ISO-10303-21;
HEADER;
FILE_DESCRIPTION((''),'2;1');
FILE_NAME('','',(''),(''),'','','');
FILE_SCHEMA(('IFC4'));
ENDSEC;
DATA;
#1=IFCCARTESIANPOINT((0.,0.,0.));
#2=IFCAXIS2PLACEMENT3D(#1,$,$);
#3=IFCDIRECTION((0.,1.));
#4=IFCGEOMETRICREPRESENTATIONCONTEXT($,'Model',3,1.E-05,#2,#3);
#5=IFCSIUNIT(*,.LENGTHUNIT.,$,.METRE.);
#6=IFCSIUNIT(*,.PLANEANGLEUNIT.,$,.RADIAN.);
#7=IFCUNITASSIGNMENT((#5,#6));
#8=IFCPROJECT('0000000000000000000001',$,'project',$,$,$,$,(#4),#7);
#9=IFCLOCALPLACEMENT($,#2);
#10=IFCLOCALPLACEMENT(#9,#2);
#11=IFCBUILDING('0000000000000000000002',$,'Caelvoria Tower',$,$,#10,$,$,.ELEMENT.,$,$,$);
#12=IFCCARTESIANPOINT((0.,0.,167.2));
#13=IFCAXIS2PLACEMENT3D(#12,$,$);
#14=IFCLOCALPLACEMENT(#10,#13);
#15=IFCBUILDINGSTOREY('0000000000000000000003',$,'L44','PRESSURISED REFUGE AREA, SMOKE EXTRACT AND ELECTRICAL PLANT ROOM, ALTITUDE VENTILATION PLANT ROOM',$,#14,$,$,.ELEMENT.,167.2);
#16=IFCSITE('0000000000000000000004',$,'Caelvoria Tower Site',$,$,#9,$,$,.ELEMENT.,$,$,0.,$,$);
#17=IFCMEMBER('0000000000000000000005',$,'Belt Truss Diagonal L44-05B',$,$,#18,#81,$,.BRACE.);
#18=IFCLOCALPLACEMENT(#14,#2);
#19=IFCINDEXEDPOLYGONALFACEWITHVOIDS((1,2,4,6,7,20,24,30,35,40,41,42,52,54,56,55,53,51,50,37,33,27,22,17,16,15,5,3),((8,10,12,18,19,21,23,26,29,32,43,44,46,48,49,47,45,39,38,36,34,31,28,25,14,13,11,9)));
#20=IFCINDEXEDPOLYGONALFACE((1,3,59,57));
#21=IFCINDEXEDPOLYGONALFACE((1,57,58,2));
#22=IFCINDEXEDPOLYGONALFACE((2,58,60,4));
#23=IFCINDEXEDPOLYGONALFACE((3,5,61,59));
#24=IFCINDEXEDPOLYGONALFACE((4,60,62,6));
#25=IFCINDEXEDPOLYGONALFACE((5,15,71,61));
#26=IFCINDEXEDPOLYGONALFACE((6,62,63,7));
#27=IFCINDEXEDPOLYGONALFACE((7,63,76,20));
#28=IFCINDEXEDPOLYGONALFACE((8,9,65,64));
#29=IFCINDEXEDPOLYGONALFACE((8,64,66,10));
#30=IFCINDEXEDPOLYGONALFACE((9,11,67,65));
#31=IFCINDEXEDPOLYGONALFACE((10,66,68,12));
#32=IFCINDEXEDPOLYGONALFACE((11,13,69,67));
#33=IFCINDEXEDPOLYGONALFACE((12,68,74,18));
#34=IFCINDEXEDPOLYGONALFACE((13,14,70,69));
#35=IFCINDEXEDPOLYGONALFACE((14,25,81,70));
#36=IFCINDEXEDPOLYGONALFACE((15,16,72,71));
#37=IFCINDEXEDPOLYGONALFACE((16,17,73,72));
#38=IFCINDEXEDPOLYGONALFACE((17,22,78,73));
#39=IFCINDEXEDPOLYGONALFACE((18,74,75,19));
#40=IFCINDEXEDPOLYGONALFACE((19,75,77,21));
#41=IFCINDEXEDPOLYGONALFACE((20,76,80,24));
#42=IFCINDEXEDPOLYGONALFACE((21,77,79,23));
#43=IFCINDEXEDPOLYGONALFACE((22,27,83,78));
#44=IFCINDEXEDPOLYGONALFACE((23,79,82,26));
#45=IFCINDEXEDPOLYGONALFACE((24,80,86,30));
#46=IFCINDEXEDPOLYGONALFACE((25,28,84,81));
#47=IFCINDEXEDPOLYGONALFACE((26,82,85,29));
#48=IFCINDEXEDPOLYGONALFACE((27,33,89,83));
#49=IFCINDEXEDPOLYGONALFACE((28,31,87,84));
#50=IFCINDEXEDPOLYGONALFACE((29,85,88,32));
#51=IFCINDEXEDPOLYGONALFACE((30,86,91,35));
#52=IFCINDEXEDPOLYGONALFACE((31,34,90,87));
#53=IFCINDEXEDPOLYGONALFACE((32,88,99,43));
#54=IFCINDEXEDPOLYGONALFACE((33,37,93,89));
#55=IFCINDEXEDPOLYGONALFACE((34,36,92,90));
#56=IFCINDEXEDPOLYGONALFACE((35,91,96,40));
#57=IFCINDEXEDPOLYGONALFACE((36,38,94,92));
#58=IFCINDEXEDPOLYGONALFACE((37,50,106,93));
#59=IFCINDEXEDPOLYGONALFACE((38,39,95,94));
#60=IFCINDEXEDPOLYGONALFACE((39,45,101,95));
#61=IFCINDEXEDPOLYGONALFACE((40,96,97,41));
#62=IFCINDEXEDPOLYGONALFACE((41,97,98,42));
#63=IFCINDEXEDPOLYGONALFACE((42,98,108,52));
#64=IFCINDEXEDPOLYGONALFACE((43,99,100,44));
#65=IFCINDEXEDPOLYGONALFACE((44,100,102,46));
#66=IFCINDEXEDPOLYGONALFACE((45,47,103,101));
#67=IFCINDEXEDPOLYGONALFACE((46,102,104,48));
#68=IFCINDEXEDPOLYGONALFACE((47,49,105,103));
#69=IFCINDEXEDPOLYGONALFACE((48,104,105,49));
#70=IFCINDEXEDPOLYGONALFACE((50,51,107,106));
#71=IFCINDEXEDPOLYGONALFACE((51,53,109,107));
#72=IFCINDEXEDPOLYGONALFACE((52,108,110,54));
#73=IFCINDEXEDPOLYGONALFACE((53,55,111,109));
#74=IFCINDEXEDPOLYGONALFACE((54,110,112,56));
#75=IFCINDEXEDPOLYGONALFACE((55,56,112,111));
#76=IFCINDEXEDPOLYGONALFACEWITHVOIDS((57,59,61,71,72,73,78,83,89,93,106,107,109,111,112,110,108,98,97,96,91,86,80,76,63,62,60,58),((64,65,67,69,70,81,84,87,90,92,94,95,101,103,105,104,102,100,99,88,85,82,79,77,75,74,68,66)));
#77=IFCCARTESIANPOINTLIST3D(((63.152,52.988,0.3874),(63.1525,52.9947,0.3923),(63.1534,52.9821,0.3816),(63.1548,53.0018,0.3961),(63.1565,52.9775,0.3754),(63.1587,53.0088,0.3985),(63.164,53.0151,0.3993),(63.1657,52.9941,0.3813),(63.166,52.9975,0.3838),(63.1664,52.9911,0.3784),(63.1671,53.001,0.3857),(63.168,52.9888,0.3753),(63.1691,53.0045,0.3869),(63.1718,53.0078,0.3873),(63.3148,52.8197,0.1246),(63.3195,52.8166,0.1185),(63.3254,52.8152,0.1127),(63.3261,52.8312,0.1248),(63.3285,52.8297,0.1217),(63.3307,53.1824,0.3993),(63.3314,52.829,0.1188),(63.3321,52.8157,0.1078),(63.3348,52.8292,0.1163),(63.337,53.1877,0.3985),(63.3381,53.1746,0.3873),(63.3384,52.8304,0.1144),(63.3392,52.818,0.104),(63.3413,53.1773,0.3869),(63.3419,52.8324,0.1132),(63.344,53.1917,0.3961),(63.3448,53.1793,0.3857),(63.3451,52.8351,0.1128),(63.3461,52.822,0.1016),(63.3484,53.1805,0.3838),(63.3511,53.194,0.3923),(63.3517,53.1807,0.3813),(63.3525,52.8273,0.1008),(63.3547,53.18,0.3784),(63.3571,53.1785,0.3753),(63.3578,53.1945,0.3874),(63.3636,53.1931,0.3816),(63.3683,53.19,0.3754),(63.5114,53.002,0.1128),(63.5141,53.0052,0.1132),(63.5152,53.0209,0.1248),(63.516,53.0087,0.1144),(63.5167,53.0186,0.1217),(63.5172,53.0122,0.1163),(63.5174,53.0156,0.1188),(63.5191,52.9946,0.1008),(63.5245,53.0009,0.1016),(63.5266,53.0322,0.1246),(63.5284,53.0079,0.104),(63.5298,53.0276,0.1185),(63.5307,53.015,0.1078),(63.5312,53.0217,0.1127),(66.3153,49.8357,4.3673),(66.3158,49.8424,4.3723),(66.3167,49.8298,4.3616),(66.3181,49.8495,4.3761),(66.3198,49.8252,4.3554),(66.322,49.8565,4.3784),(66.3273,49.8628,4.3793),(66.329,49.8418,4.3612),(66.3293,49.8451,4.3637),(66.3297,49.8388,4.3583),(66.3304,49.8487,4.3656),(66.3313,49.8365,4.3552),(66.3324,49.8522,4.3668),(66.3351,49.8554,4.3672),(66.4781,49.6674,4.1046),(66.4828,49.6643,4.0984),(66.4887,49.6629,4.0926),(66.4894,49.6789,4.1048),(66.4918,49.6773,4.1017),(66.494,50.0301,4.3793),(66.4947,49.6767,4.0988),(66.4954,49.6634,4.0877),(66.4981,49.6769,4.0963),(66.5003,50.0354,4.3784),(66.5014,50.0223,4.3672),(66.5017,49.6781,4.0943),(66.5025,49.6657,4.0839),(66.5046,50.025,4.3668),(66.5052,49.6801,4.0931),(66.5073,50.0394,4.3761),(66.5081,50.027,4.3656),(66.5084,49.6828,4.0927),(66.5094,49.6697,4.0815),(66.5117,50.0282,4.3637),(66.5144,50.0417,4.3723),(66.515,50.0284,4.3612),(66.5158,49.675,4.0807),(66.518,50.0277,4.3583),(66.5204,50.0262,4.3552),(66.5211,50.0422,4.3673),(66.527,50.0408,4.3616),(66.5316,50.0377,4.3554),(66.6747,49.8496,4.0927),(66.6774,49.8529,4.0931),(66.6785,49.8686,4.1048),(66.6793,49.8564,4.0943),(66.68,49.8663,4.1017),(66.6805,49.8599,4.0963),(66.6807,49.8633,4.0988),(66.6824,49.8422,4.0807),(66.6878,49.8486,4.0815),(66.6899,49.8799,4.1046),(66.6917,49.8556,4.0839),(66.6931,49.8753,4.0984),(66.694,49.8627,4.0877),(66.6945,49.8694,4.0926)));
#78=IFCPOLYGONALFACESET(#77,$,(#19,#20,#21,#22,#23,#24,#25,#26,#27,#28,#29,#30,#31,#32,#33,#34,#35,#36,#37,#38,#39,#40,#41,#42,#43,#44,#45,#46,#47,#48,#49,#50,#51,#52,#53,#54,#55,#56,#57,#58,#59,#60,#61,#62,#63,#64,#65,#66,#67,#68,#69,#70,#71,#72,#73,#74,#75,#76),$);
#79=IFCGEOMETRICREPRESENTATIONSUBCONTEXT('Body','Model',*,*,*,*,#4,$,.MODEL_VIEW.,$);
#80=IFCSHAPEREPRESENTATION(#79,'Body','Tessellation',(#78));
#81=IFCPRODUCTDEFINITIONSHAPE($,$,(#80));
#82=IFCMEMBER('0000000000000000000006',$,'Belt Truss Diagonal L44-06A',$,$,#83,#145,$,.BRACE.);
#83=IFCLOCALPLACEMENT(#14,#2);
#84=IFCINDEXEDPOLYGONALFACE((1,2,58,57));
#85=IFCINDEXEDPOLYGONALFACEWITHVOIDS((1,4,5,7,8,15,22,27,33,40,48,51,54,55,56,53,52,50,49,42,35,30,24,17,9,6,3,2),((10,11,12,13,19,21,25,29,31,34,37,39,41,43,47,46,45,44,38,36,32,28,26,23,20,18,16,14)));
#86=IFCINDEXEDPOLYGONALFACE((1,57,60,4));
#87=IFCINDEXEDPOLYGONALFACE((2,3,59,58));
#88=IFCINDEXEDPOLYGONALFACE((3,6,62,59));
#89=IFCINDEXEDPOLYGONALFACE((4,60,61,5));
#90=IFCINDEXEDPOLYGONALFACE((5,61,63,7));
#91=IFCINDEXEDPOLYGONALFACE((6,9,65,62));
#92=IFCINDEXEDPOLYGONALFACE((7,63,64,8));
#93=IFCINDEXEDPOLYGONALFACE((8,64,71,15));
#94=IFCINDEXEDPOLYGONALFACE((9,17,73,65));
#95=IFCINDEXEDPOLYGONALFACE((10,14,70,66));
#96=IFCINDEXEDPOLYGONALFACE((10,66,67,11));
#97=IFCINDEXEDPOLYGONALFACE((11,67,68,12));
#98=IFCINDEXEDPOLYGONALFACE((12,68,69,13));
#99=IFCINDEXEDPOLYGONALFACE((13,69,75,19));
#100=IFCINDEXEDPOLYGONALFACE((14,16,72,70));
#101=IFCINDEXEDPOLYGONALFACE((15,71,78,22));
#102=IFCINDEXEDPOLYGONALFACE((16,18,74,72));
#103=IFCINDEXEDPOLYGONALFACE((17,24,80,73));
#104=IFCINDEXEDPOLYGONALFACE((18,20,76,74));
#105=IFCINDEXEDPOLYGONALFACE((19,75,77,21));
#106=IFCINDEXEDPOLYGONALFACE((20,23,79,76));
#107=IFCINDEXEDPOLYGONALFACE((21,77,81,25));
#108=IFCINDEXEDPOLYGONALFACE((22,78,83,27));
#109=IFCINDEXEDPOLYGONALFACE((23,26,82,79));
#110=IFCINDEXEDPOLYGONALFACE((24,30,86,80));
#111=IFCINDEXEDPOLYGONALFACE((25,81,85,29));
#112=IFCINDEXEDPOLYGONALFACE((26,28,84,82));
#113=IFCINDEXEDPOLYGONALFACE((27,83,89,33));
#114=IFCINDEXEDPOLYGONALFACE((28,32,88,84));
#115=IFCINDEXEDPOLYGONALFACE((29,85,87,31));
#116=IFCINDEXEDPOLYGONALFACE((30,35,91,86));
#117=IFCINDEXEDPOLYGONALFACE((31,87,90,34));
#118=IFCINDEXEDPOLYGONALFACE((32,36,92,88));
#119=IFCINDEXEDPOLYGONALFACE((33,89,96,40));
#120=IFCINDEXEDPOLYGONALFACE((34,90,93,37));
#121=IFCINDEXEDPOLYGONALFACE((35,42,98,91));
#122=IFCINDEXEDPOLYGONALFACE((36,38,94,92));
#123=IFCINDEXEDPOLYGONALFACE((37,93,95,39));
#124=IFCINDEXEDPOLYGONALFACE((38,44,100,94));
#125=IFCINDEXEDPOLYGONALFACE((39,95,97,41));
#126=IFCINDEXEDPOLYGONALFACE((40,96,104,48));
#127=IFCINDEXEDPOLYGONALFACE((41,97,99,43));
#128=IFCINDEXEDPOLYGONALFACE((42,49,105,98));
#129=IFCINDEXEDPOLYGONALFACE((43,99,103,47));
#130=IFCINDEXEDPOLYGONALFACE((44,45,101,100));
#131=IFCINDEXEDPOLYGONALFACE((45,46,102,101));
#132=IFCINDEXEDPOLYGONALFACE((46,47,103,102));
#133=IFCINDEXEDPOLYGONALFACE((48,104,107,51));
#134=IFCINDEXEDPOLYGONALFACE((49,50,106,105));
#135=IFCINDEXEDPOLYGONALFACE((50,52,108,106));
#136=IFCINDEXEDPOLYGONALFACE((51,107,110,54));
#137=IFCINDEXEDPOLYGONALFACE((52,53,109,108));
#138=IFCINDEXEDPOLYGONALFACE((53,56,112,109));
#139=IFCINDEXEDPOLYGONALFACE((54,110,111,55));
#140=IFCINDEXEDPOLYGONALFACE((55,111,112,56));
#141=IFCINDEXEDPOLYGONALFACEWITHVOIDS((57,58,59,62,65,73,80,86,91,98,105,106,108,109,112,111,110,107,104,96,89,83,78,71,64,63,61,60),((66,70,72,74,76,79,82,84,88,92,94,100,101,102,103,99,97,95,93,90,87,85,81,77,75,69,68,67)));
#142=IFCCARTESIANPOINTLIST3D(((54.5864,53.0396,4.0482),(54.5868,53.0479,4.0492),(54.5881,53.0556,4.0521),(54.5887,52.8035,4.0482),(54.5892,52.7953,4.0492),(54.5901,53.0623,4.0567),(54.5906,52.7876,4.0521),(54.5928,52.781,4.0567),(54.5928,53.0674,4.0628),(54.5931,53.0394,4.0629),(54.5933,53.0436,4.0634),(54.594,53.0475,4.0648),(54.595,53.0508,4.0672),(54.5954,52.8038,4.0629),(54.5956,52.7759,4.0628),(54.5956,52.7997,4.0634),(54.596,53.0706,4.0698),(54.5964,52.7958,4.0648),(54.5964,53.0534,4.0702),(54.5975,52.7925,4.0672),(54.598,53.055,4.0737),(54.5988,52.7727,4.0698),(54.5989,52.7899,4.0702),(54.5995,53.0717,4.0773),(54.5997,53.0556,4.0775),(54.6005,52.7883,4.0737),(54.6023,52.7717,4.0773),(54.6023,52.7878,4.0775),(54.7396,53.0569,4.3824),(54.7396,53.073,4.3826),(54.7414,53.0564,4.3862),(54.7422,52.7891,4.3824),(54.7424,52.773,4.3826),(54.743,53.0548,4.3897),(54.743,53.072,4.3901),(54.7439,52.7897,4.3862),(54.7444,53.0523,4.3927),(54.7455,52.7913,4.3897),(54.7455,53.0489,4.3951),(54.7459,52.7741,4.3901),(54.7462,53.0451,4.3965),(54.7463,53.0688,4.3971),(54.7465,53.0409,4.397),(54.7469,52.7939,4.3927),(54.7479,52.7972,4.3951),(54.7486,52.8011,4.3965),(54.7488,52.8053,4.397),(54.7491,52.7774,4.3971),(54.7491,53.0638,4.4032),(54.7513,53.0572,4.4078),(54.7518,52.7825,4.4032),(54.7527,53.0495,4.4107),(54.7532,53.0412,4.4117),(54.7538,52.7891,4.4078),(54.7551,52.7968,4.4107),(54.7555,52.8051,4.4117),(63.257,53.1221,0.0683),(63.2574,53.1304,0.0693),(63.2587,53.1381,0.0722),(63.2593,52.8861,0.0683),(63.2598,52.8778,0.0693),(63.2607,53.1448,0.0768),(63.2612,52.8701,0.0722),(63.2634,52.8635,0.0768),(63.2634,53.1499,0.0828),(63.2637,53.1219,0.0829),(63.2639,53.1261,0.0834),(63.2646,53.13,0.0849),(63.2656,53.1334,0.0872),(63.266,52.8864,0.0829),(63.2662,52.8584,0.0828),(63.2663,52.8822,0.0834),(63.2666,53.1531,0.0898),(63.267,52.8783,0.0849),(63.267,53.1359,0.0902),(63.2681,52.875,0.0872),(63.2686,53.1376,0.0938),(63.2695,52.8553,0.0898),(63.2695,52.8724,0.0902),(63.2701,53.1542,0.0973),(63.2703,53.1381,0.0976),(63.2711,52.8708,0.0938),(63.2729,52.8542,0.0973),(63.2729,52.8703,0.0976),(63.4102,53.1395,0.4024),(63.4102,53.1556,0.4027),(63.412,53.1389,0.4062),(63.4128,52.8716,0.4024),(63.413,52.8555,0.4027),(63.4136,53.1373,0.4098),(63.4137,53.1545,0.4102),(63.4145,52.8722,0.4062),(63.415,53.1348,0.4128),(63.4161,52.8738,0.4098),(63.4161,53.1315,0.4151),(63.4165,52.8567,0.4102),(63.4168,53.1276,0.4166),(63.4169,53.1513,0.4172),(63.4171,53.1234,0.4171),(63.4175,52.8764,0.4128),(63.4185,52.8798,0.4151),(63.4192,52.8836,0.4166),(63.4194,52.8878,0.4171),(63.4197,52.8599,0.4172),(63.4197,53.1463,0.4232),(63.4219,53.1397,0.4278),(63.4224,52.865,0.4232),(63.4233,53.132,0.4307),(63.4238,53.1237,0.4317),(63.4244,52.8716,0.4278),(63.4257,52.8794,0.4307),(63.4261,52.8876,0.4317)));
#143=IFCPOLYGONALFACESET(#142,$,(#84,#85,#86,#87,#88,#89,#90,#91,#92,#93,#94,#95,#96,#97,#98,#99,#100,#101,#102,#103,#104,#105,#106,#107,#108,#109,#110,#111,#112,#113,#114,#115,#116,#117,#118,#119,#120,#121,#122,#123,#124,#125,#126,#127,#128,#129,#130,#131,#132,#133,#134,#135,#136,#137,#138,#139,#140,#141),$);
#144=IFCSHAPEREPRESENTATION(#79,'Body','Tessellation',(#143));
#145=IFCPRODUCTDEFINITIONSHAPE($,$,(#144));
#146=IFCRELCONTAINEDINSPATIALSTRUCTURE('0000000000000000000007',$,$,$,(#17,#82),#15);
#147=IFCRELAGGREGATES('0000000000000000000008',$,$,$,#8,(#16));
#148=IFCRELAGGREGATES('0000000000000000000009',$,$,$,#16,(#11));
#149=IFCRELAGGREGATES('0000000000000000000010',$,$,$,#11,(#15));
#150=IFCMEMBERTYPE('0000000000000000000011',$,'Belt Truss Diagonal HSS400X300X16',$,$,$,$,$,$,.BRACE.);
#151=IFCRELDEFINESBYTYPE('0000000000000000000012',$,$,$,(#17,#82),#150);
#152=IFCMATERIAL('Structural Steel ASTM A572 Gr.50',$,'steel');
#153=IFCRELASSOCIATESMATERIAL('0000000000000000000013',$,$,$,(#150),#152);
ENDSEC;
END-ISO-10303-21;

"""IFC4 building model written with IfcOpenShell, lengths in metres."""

from ifc_helpers import new_model, si_unit, direction, frame, origin, origin_2d, place, context, subcontext, project, spatial, hollow_rectangle, extrude, material, material_profile, profile_set, type_object, element, save


model = new_model("IFC4")

# Units and contexts
model_context = context("Model", 3, precision=1e-05, world=origin(), true_north=direction((0.0, 1.0)))
body_context = subcontext(model_context, "Body", "Model", "MODEL_VIEW")
ifc_project = project(units=[si_unit("LENGTHUNIT", "METRE"), si_unit("PLANEANGLEUNIT", "RADIAN")], contexts=[model_context])

# Site, building, storey
site_placement = place(None, origin())
site = spatial("IfcSite", under=ifc_project, at=site_placement, Name="Caelvoria Tower Site", CompositionType="ELEMENT", RefElevation=0.0)
building_placement = place(site_placement, origin())
building = spatial("IfcBuilding", under=site, at=building_placement, Name="Caelvoria Tower", CompositionType="ELEMENT")
storey_placement = place(building_placement, frame((0.0, 0.0, 167.2)))
storey = spatial("IfcBuildingStorey", under=building, at=storey_placement, Name="L44", Description="PRESSURISED REFUGE AREA, SMOKE EXTRACT AND ELECTRICAL PLANT ROOM, ALTITUDE VENTILATION PLANT ROOM", CompositionType="ELEMENT", Elevation=167.2)

# Shared definitions
ifc_material_1 = material(Name="Structural Steel ASTM A572 Gr.50", Category="steel")

# Members
ifc_material_profile_1 = material_profile(ifc_material_1, hollow_rectangle(XDim=0.3, YDim=0.3999, WallThickness=0.0161, InnerFilletRadius=0.0161, OuterFilletRadius=0.032, at=origin_2d()), Name="Structural Steel ASTM A572 Gr.50")
ifc_profile_set_1 = profile_set([ifc_material_profile_1], Name="HSS400X300X16 - Structural Steel ASTM A572 Gr.50")
member_type_1 = type_object("IfcMemberType", Name="Belt Truss Diagonal HSS400X300X16", PredefinedType="BRACE", material=ifc_profile_set_1)
member_1_placement = place(storey_placement, frame((66.5049, 49.8525, 4.23), z_axis=(-0.528809, 0.526973, -0.665327), x_axis=(-0.705876, -0.708336, 0.0)))
element("IfcMember", 1, at=member_1_placement, inside=storey, type_object=member_type_1, Name="Belt Truss Diagonal L44-05B", PredefinedType="BRACE", context=body_context, shape_type="SweptSolid", body=[
    extrude(hollow_rectangle(XDim=0.3, YDim=0.3999, WallThickness=0.0161, InnerFilletRadius=0.0161, OuterFilletRadius=0.032, at=origin_2d()), origin(), (0.0, 0.0, 1.0), 5.9819),
])
member_2_placement = place(storey_placement, frame((63.3416, 53.0049, 0.25), z_axis=(-0.908795, -0.008649, 0.417153), x_axis=(0.009517, -0.999955, 0.0)))
element("IfcMember", 2, at=member_2_placement, inside=storey, type_object=member_type_1, Name="Belt Truss Diagonal L44-06A", PredefinedType="BRACE", context=body_context, shape_type="SweptSolid", body=[
    extrude(hollow_rectangle(XDim=0.3, YDim=0.3999, WallThickness=0.0161, InnerFilletRadius=0.0161, OuterFilletRadius=0.032, at=origin_2d()), origin(), (0.0, 0.0, 1.0), 9.5408),
])

save(model, "model.ifc")
